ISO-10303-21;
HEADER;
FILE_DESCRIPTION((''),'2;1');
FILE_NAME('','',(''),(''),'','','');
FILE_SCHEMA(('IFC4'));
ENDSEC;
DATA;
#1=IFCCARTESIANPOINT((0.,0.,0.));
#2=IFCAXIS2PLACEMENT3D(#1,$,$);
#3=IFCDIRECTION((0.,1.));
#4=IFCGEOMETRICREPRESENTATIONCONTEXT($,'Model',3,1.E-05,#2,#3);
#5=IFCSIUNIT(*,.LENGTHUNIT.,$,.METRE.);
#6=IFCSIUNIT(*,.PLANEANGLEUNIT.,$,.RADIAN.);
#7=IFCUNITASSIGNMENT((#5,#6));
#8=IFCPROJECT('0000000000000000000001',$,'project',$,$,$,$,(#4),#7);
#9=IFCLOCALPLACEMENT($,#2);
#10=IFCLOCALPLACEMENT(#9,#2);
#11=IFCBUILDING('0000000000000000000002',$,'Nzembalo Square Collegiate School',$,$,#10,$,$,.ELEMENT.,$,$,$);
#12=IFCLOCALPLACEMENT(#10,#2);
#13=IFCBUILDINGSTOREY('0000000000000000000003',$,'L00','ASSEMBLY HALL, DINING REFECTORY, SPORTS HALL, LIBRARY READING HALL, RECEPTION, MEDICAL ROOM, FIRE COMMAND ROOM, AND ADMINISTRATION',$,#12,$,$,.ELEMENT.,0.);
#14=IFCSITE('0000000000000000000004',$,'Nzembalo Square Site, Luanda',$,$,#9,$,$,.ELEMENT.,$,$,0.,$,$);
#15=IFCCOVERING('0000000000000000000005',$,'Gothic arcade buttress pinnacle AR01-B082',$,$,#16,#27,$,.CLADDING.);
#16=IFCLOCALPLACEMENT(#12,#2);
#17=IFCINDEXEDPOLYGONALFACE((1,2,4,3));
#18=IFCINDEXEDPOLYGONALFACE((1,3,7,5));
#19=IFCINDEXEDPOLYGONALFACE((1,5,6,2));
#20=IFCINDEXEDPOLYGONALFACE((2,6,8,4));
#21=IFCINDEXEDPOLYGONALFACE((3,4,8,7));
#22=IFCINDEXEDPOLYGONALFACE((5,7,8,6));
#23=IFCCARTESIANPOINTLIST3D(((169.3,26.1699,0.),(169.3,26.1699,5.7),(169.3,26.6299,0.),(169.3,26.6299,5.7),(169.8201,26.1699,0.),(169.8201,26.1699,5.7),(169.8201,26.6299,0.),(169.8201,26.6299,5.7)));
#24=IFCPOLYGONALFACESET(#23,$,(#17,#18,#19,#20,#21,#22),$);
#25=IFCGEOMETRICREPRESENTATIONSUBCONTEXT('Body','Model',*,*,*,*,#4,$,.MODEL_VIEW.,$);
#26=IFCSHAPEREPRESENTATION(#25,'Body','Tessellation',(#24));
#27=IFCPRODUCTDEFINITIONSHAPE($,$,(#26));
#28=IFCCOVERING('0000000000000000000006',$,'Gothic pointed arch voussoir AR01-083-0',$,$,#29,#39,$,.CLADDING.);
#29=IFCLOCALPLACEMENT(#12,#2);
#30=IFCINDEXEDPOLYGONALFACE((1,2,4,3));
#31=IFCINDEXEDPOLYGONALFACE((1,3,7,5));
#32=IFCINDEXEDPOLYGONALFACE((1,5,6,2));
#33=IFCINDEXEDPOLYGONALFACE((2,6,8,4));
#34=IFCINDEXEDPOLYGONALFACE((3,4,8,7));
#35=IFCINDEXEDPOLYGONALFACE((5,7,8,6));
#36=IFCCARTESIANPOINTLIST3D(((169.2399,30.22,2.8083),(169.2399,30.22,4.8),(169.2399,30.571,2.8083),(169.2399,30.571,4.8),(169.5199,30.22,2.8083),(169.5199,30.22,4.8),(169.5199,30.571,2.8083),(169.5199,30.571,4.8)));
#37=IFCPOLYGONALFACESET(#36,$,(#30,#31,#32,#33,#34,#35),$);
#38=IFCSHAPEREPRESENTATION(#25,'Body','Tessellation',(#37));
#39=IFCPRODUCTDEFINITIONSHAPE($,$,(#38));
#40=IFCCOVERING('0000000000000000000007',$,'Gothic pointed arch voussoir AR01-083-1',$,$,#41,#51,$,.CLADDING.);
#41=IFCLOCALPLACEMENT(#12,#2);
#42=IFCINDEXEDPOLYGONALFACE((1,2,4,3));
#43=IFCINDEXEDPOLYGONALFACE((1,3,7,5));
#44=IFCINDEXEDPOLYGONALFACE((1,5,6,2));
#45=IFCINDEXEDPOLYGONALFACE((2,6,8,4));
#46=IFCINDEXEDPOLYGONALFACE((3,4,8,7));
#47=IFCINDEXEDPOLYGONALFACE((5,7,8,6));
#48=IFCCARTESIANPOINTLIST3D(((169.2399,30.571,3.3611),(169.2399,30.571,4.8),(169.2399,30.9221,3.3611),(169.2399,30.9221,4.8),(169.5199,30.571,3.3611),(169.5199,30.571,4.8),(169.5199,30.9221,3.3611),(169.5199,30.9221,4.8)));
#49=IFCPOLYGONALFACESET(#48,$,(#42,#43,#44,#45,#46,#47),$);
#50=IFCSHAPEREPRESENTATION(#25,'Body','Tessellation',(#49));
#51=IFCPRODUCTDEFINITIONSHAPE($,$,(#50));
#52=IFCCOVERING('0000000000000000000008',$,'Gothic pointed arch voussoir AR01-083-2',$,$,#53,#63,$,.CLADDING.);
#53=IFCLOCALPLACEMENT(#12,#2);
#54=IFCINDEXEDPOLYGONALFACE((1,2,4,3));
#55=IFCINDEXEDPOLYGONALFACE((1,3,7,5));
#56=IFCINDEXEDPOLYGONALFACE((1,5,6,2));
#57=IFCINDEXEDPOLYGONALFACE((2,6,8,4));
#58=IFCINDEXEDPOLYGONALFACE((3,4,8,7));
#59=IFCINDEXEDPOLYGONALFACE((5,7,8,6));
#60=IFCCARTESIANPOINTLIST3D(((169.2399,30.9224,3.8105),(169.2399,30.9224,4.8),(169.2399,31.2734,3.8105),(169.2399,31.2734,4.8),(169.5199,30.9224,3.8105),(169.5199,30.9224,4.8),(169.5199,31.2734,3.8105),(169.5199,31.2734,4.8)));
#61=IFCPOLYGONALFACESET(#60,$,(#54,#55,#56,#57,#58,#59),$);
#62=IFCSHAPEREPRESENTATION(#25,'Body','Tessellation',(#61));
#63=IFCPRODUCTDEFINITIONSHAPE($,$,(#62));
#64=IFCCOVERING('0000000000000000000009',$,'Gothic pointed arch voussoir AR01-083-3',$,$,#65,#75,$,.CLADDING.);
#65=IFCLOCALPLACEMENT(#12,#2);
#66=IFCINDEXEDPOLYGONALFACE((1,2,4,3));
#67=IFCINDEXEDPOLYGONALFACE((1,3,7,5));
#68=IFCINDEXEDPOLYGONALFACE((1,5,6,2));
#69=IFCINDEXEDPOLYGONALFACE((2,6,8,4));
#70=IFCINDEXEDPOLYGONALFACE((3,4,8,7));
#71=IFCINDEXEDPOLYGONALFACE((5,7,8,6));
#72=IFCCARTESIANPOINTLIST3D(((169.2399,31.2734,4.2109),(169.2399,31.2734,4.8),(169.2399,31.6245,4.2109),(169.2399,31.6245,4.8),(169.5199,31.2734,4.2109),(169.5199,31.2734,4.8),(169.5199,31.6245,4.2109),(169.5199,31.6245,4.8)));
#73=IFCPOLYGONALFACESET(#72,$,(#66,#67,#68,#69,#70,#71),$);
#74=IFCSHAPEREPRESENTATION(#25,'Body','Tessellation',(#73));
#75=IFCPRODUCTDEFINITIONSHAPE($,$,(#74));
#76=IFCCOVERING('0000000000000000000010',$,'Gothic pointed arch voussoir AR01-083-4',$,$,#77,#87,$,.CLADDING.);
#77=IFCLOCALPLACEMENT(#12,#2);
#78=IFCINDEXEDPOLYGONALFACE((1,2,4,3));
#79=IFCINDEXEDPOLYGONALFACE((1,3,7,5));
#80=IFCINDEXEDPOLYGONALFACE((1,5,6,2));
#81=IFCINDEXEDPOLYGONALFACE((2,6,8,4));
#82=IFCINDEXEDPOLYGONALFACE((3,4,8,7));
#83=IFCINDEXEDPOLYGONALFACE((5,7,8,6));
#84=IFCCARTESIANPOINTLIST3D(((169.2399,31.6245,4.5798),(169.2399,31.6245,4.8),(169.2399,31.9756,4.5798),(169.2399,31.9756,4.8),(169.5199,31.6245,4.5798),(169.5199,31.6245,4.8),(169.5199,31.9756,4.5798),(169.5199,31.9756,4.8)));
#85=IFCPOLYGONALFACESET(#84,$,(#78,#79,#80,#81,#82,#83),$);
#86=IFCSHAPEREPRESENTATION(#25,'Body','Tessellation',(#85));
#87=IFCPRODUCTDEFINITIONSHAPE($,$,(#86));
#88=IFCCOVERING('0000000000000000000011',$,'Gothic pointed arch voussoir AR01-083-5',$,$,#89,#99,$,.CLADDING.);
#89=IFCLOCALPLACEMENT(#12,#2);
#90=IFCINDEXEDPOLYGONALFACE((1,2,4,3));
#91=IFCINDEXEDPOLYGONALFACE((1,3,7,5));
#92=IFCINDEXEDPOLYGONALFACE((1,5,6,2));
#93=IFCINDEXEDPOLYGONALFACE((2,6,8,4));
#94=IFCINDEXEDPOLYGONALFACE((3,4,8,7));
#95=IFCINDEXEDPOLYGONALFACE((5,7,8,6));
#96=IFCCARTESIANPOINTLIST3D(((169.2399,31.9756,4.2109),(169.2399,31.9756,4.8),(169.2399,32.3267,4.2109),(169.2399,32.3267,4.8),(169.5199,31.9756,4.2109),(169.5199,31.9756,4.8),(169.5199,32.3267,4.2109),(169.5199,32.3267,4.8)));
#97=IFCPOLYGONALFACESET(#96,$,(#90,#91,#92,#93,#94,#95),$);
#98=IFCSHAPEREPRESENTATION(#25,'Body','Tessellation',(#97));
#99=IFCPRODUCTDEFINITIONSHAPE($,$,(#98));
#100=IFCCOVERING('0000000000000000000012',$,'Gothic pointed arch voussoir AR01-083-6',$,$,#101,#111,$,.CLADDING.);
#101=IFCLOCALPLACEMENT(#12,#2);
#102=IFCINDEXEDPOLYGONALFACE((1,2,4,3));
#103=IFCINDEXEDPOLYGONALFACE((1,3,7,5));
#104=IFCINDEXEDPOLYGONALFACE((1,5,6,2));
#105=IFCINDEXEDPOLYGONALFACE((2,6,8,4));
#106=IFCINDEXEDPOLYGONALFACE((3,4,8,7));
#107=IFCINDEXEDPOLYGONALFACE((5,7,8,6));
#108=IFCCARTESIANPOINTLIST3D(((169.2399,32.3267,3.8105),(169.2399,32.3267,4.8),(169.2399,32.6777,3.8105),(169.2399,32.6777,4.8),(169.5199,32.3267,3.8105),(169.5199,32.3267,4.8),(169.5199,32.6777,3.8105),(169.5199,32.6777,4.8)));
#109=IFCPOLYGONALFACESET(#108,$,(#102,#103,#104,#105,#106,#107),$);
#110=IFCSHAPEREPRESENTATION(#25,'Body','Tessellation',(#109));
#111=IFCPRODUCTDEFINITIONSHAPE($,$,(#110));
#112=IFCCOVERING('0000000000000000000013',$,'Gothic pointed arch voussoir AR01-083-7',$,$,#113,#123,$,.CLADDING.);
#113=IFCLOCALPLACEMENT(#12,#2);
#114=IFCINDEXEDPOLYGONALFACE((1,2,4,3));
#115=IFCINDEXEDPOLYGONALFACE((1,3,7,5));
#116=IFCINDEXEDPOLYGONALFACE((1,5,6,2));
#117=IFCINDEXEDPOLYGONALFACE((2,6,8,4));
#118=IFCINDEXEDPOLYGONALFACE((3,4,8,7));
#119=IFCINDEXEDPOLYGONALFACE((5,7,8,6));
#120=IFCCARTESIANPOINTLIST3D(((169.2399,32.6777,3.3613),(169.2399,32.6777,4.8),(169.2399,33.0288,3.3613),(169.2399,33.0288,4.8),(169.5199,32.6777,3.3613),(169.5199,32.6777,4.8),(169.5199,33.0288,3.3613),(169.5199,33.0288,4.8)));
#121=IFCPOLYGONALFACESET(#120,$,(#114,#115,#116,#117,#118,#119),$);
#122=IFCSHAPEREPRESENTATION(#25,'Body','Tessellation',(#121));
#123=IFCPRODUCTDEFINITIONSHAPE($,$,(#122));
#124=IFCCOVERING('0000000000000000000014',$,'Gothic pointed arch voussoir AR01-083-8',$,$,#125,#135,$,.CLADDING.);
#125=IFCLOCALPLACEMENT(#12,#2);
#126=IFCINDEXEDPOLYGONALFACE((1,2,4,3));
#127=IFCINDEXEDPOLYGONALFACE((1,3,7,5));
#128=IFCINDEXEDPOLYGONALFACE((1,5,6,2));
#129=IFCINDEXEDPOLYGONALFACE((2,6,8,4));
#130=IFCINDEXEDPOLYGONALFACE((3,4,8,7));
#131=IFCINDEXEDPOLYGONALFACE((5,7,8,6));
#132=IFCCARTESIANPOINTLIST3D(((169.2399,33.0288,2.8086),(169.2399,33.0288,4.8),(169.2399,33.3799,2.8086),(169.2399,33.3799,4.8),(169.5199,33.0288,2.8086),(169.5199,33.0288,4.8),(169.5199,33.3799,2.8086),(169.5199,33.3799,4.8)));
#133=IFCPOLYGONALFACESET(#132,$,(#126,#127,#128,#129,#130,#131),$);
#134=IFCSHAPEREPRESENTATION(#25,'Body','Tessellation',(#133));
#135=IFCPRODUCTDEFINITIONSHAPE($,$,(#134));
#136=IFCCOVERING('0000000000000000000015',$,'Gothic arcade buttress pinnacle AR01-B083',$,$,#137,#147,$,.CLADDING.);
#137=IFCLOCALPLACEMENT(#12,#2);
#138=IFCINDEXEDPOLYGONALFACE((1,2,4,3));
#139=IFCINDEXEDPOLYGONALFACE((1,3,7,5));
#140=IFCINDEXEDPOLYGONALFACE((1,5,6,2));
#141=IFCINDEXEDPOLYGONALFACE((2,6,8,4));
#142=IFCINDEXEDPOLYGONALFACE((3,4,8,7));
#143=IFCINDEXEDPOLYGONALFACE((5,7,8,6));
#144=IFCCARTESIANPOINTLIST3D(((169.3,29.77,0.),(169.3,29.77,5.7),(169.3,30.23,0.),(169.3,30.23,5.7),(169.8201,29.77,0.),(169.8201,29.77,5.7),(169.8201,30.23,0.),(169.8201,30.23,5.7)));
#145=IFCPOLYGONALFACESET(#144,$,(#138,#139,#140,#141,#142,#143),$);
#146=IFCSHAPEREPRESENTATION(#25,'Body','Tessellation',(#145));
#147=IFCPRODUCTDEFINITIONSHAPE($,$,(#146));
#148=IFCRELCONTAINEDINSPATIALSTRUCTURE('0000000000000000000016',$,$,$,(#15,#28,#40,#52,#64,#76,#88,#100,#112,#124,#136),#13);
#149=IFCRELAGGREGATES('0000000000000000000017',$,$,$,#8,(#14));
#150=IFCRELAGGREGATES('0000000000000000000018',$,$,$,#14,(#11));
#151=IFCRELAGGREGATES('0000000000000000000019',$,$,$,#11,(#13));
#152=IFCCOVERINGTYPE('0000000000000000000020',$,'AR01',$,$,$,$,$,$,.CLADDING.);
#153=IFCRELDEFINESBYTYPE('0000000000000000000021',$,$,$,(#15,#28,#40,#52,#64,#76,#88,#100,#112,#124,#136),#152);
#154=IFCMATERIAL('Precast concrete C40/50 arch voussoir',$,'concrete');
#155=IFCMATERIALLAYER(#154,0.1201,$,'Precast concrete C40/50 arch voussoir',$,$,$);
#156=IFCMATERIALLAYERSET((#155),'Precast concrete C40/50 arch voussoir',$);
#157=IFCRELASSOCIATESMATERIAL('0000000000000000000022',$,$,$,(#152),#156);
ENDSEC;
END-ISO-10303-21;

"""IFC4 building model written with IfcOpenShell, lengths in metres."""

from ifc_helpers import new_model, si_unit, direction, frame, origin, origin_2d, place, context, subcontext, project, spatial, rectangle, extrude, material, layer, layer_set, type_object, element, save


model = new_model("IFC4")

# Units and contexts
model_context = context("Model", 3, precision=1e-05, world=origin(), true_north=direction((0.0, 1.0)))
body_context = subcontext(model_context, "Body", "Model", "MODEL_VIEW")
ifc_project = project(units=[si_unit("LENGTHUNIT", "METRE"), si_unit("PLANEANGLEUNIT", "RADIAN")], contexts=[model_context])

# Site, building, storey
site_placement = place(None, origin())
site = spatial("IfcSite", under=ifc_project, at=site_placement, Name="Nzembalo Square Site, Luanda", CompositionType="ELEMENT", RefElevation=0.0)
building_placement = place(site_placement, origin())
building = spatial("IfcBuilding", under=site, at=building_placement, Name="Nzembalo Square Collegiate School", CompositionType="ELEMENT")
storey_placement = place(building_placement, origin())
storey = spatial("IfcBuildingStorey", under=building, at=storey_placement, Name="L00", Description="ASSEMBLY HALL, DINING REFECTORY, SPORTS HALL, LIBRARY READING HALL, RECEPTION, MEDICAL ROOM, FIRE COMMAND ROOM, AND ADMINISTRATION", CompositionType="ELEMENT", Elevation=0.0)

# Coverings
ifc_material = material(Name="Precast concrete C40/50 arch voussoir", Category="concrete")
ifc_layer = layer(ifc_material, 0.1201, Name="Precast concrete C40/50 arch voussoir")
ifc_layer_set = layer_set([ifc_layer], Name="Precast concrete C40/50 arch voussoir")
covering_type = type_object("IfcCoveringType", Name="AR01", PredefinedType="CLADDING", material=ifc_layer_set)
covering_1_placement = place(storey_placement, frame((169.5601, 26.3999, 0.0), z_axis=(0.0, 0.0, 1.0), x_axis=(1.0, 0.0, 0.0)))
element("IfcCovering", 1, at=covering_1_placement, inside=storey, type_object=covering_type, Name="Gothic arcade buttress pinnacle AR01-B082", PredefinedType="CLADDING", context=body_context, shape_type="SweptSolid", body=[
    extrude(rectangle(XDim=0.52, YDim=0.46, at=origin_2d()), origin(), (0.0, 0.0, 1.0), 5.7),
])
covering_2_placement = place(storey_placement, frame((169.3799, 30.3955, 2.8083), z_axis=(0.0, 0.0, 1.0), x_axis=(1.0, 0.0, 0.0)))
element("IfcCovering", 2, at=covering_2_placement, inside=storey, type_object=covering_type, Name="Gothic pointed arch voussoir AR01-083-0", PredefinedType="CLADDING", context=body_context, shape_type="SweptSolid", body=[
    extrude(rectangle(XDim=0.28, YDim=0.3511, at=origin_2d()), origin(), (0.0, 0.0, 1.0), 1.9917),
])
covering_3_placement = place(storey_placement, frame((169.3799, 30.7466, 3.3611), z_axis=(0.0, 0.0, 1.0), x_axis=(1.0, 0.0, 0.0)))
element("IfcCovering", 3, at=covering_3_placement, inside=storey, type_object=covering_type, Name="Gothic pointed arch voussoir AR01-083-1", PredefinedType="CLADDING", context=body_context, shape_type="SweptSolid", body=[
    extrude(rectangle(XDim=0.28, YDim=0.3511, at=origin_2d()), origin(), (0.0, 0.0, 1.0), 1.439),
])
covering_4_placement = place(storey_placement, frame((169.3799, 31.0979, 3.8105), z_axis=(0.0, 0.0, 1.0), x_axis=(1.0, 0.0, 0.0)))
element("IfcCovering", 4, at=covering_4_placement, inside=storey, type_object=covering_type, Name="Gothic pointed arch voussoir AR01-083-2", PredefinedType="CLADDING", context=body_context, shape_type="SweptSolid", body=[
    extrude(rectangle(XDim=0.28, YDim=0.3511, at=origin_2d()), origin(), (0.0, 0.0, 1.0), 0.9895),
])
covering_5_placement = place(storey_placement, frame((169.3799, 31.449, 4.2109), z_axis=(0.0, 0.0, 1.0), x_axis=(1.0, 0.0, 0.0)))
element("IfcCovering", 5, at=covering_5_placement, inside=storey, type_object=covering_type, Name="Gothic pointed arch voussoir AR01-083-3", PredefinedType="CLADDING", context=body_context, shape_type="SweptSolid", body=[
    extrude(rectangle(XDim=0.28, YDim=0.3511, at=origin_2d()), origin(), (0.0, 0.0, 1.0), 0.5891),
])
covering_6_placement = place(storey_placement, frame((169.3799, 31.8, 4.5798), z_axis=(0.0, 0.0, 1.0), x_axis=(1.0, 0.0, 0.0)))
element("IfcCovering", 6, at=covering_6_placement, inside=storey, type_object=covering_type, Name="Gothic pointed arch voussoir AR01-083-4", PredefinedType="CLADDING", context=body_context, shape_type="SweptSolid", body=[
    extrude(rectangle(XDim=0.28, YDim=0.3511, at=origin_2d()), origin(), (0.0, 0.0, 1.0), 0.2202),
])
covering_7_placement = place(storey_placement, frame((169.3799, 32.1511, 4.2109), z_axis=(0.0, 0.0, 1.0), x_axis=(1.0, 0.0, 0.0)))
element("IfcCovering", 7, at=covering_7_placement, inside=storey, type_object=covering_type, Name="Gothic pointed arch voussoir AR01-083-5", PredefinedType="CLADDING", context=body_context, shape_type="SweptSolid", body=[
    extrude(rectangle(XDim=0.28, YDim=0.3511, at=origin_2d()), origin(), (0.0, 0.0, 1.0), 0.5891),
])
covering_8_placement = place(storey_placement, frame((169.3799, 32.5022, 3.8105), z_axis=(0.0, 0.0, 1.0), x_axis=(1.0, 0.0, 0.0)))
element("IfcCovering", 8, at=covering_8_placement, inside=storey, type_object=covering_type, Name="Gothic pointed arch voussoir AR01-083-6", PredefinedType="CLADDING", context=body_context, shape_type="SweptSolid", body=[
    extrude(rectangle(XDim=0.28, YDim=0.3511, at=origin_2d()), origin(), (0.0, 0.0, 1.0), 0.9895),
])
covering_9_placement = place(storey_placement, frame((169.3799, 32.8533, 3.3613), z_axis=(0.0, 0.0, 1.0), x_axis=(1.0, 0.0, 0.0)))
element("IfcCovering", 9, at=covering_9_placement, inside=storey, type_object=covering_type, Name="Gothic pointed arch voussoir AR01-083-7", PredefinedType="CLADDING", context=body_context, shape_type="SweptSolid", body=[
    extrude(rectangle(XDim=0.28, YDim=0.3511, at=origin_2d()), origin(), (0.0, 0.0, 1.0), 1.4387),
])
covering_10_placement = place(storey_placement, frame((169.3799, 33.2043, 2.8086), z_axis=(0.0, 0.0, 1.0), x_axis=(1.0, 0.0, 0.0)))
element("IfcCovering", 10, at=covering_10_placement, inside=storey, type_object=covering_type, Name="Gothic pointed arch voussoir AR01-083-8", PredefinedType="CLADDING", context=body_context, shape_type="SweptSolid", body=[
    extrude(rectangle(XDim=0.28, YDim=0.3511, at=origin_2d()), origin(), (0.0, 0.0, 1.0), 1.9915),
])
covering_11_placement = place(storey_placement, frame((169.5601, 30.0, 0.0), z_axis=(0.0, 0.0, 1.0), x_axis=(1.0, 0.0, 0.0)))
element("IfcCovering", 11, at=covering_11_placement, inside=storey, type_object=covering_type, Name="Gothic arcade buttress pinnacle AR01-B083", PredefinedType="CLADDING", context=body_context, shape_type="SweptSolid", body=[
    extrude(rectangle(XDim=0.52, YDim=0.46, at=origin_2d()), origin(), (0.0, 0.0, 1.0), 5.7),
])

save(model, "model.ifc")
